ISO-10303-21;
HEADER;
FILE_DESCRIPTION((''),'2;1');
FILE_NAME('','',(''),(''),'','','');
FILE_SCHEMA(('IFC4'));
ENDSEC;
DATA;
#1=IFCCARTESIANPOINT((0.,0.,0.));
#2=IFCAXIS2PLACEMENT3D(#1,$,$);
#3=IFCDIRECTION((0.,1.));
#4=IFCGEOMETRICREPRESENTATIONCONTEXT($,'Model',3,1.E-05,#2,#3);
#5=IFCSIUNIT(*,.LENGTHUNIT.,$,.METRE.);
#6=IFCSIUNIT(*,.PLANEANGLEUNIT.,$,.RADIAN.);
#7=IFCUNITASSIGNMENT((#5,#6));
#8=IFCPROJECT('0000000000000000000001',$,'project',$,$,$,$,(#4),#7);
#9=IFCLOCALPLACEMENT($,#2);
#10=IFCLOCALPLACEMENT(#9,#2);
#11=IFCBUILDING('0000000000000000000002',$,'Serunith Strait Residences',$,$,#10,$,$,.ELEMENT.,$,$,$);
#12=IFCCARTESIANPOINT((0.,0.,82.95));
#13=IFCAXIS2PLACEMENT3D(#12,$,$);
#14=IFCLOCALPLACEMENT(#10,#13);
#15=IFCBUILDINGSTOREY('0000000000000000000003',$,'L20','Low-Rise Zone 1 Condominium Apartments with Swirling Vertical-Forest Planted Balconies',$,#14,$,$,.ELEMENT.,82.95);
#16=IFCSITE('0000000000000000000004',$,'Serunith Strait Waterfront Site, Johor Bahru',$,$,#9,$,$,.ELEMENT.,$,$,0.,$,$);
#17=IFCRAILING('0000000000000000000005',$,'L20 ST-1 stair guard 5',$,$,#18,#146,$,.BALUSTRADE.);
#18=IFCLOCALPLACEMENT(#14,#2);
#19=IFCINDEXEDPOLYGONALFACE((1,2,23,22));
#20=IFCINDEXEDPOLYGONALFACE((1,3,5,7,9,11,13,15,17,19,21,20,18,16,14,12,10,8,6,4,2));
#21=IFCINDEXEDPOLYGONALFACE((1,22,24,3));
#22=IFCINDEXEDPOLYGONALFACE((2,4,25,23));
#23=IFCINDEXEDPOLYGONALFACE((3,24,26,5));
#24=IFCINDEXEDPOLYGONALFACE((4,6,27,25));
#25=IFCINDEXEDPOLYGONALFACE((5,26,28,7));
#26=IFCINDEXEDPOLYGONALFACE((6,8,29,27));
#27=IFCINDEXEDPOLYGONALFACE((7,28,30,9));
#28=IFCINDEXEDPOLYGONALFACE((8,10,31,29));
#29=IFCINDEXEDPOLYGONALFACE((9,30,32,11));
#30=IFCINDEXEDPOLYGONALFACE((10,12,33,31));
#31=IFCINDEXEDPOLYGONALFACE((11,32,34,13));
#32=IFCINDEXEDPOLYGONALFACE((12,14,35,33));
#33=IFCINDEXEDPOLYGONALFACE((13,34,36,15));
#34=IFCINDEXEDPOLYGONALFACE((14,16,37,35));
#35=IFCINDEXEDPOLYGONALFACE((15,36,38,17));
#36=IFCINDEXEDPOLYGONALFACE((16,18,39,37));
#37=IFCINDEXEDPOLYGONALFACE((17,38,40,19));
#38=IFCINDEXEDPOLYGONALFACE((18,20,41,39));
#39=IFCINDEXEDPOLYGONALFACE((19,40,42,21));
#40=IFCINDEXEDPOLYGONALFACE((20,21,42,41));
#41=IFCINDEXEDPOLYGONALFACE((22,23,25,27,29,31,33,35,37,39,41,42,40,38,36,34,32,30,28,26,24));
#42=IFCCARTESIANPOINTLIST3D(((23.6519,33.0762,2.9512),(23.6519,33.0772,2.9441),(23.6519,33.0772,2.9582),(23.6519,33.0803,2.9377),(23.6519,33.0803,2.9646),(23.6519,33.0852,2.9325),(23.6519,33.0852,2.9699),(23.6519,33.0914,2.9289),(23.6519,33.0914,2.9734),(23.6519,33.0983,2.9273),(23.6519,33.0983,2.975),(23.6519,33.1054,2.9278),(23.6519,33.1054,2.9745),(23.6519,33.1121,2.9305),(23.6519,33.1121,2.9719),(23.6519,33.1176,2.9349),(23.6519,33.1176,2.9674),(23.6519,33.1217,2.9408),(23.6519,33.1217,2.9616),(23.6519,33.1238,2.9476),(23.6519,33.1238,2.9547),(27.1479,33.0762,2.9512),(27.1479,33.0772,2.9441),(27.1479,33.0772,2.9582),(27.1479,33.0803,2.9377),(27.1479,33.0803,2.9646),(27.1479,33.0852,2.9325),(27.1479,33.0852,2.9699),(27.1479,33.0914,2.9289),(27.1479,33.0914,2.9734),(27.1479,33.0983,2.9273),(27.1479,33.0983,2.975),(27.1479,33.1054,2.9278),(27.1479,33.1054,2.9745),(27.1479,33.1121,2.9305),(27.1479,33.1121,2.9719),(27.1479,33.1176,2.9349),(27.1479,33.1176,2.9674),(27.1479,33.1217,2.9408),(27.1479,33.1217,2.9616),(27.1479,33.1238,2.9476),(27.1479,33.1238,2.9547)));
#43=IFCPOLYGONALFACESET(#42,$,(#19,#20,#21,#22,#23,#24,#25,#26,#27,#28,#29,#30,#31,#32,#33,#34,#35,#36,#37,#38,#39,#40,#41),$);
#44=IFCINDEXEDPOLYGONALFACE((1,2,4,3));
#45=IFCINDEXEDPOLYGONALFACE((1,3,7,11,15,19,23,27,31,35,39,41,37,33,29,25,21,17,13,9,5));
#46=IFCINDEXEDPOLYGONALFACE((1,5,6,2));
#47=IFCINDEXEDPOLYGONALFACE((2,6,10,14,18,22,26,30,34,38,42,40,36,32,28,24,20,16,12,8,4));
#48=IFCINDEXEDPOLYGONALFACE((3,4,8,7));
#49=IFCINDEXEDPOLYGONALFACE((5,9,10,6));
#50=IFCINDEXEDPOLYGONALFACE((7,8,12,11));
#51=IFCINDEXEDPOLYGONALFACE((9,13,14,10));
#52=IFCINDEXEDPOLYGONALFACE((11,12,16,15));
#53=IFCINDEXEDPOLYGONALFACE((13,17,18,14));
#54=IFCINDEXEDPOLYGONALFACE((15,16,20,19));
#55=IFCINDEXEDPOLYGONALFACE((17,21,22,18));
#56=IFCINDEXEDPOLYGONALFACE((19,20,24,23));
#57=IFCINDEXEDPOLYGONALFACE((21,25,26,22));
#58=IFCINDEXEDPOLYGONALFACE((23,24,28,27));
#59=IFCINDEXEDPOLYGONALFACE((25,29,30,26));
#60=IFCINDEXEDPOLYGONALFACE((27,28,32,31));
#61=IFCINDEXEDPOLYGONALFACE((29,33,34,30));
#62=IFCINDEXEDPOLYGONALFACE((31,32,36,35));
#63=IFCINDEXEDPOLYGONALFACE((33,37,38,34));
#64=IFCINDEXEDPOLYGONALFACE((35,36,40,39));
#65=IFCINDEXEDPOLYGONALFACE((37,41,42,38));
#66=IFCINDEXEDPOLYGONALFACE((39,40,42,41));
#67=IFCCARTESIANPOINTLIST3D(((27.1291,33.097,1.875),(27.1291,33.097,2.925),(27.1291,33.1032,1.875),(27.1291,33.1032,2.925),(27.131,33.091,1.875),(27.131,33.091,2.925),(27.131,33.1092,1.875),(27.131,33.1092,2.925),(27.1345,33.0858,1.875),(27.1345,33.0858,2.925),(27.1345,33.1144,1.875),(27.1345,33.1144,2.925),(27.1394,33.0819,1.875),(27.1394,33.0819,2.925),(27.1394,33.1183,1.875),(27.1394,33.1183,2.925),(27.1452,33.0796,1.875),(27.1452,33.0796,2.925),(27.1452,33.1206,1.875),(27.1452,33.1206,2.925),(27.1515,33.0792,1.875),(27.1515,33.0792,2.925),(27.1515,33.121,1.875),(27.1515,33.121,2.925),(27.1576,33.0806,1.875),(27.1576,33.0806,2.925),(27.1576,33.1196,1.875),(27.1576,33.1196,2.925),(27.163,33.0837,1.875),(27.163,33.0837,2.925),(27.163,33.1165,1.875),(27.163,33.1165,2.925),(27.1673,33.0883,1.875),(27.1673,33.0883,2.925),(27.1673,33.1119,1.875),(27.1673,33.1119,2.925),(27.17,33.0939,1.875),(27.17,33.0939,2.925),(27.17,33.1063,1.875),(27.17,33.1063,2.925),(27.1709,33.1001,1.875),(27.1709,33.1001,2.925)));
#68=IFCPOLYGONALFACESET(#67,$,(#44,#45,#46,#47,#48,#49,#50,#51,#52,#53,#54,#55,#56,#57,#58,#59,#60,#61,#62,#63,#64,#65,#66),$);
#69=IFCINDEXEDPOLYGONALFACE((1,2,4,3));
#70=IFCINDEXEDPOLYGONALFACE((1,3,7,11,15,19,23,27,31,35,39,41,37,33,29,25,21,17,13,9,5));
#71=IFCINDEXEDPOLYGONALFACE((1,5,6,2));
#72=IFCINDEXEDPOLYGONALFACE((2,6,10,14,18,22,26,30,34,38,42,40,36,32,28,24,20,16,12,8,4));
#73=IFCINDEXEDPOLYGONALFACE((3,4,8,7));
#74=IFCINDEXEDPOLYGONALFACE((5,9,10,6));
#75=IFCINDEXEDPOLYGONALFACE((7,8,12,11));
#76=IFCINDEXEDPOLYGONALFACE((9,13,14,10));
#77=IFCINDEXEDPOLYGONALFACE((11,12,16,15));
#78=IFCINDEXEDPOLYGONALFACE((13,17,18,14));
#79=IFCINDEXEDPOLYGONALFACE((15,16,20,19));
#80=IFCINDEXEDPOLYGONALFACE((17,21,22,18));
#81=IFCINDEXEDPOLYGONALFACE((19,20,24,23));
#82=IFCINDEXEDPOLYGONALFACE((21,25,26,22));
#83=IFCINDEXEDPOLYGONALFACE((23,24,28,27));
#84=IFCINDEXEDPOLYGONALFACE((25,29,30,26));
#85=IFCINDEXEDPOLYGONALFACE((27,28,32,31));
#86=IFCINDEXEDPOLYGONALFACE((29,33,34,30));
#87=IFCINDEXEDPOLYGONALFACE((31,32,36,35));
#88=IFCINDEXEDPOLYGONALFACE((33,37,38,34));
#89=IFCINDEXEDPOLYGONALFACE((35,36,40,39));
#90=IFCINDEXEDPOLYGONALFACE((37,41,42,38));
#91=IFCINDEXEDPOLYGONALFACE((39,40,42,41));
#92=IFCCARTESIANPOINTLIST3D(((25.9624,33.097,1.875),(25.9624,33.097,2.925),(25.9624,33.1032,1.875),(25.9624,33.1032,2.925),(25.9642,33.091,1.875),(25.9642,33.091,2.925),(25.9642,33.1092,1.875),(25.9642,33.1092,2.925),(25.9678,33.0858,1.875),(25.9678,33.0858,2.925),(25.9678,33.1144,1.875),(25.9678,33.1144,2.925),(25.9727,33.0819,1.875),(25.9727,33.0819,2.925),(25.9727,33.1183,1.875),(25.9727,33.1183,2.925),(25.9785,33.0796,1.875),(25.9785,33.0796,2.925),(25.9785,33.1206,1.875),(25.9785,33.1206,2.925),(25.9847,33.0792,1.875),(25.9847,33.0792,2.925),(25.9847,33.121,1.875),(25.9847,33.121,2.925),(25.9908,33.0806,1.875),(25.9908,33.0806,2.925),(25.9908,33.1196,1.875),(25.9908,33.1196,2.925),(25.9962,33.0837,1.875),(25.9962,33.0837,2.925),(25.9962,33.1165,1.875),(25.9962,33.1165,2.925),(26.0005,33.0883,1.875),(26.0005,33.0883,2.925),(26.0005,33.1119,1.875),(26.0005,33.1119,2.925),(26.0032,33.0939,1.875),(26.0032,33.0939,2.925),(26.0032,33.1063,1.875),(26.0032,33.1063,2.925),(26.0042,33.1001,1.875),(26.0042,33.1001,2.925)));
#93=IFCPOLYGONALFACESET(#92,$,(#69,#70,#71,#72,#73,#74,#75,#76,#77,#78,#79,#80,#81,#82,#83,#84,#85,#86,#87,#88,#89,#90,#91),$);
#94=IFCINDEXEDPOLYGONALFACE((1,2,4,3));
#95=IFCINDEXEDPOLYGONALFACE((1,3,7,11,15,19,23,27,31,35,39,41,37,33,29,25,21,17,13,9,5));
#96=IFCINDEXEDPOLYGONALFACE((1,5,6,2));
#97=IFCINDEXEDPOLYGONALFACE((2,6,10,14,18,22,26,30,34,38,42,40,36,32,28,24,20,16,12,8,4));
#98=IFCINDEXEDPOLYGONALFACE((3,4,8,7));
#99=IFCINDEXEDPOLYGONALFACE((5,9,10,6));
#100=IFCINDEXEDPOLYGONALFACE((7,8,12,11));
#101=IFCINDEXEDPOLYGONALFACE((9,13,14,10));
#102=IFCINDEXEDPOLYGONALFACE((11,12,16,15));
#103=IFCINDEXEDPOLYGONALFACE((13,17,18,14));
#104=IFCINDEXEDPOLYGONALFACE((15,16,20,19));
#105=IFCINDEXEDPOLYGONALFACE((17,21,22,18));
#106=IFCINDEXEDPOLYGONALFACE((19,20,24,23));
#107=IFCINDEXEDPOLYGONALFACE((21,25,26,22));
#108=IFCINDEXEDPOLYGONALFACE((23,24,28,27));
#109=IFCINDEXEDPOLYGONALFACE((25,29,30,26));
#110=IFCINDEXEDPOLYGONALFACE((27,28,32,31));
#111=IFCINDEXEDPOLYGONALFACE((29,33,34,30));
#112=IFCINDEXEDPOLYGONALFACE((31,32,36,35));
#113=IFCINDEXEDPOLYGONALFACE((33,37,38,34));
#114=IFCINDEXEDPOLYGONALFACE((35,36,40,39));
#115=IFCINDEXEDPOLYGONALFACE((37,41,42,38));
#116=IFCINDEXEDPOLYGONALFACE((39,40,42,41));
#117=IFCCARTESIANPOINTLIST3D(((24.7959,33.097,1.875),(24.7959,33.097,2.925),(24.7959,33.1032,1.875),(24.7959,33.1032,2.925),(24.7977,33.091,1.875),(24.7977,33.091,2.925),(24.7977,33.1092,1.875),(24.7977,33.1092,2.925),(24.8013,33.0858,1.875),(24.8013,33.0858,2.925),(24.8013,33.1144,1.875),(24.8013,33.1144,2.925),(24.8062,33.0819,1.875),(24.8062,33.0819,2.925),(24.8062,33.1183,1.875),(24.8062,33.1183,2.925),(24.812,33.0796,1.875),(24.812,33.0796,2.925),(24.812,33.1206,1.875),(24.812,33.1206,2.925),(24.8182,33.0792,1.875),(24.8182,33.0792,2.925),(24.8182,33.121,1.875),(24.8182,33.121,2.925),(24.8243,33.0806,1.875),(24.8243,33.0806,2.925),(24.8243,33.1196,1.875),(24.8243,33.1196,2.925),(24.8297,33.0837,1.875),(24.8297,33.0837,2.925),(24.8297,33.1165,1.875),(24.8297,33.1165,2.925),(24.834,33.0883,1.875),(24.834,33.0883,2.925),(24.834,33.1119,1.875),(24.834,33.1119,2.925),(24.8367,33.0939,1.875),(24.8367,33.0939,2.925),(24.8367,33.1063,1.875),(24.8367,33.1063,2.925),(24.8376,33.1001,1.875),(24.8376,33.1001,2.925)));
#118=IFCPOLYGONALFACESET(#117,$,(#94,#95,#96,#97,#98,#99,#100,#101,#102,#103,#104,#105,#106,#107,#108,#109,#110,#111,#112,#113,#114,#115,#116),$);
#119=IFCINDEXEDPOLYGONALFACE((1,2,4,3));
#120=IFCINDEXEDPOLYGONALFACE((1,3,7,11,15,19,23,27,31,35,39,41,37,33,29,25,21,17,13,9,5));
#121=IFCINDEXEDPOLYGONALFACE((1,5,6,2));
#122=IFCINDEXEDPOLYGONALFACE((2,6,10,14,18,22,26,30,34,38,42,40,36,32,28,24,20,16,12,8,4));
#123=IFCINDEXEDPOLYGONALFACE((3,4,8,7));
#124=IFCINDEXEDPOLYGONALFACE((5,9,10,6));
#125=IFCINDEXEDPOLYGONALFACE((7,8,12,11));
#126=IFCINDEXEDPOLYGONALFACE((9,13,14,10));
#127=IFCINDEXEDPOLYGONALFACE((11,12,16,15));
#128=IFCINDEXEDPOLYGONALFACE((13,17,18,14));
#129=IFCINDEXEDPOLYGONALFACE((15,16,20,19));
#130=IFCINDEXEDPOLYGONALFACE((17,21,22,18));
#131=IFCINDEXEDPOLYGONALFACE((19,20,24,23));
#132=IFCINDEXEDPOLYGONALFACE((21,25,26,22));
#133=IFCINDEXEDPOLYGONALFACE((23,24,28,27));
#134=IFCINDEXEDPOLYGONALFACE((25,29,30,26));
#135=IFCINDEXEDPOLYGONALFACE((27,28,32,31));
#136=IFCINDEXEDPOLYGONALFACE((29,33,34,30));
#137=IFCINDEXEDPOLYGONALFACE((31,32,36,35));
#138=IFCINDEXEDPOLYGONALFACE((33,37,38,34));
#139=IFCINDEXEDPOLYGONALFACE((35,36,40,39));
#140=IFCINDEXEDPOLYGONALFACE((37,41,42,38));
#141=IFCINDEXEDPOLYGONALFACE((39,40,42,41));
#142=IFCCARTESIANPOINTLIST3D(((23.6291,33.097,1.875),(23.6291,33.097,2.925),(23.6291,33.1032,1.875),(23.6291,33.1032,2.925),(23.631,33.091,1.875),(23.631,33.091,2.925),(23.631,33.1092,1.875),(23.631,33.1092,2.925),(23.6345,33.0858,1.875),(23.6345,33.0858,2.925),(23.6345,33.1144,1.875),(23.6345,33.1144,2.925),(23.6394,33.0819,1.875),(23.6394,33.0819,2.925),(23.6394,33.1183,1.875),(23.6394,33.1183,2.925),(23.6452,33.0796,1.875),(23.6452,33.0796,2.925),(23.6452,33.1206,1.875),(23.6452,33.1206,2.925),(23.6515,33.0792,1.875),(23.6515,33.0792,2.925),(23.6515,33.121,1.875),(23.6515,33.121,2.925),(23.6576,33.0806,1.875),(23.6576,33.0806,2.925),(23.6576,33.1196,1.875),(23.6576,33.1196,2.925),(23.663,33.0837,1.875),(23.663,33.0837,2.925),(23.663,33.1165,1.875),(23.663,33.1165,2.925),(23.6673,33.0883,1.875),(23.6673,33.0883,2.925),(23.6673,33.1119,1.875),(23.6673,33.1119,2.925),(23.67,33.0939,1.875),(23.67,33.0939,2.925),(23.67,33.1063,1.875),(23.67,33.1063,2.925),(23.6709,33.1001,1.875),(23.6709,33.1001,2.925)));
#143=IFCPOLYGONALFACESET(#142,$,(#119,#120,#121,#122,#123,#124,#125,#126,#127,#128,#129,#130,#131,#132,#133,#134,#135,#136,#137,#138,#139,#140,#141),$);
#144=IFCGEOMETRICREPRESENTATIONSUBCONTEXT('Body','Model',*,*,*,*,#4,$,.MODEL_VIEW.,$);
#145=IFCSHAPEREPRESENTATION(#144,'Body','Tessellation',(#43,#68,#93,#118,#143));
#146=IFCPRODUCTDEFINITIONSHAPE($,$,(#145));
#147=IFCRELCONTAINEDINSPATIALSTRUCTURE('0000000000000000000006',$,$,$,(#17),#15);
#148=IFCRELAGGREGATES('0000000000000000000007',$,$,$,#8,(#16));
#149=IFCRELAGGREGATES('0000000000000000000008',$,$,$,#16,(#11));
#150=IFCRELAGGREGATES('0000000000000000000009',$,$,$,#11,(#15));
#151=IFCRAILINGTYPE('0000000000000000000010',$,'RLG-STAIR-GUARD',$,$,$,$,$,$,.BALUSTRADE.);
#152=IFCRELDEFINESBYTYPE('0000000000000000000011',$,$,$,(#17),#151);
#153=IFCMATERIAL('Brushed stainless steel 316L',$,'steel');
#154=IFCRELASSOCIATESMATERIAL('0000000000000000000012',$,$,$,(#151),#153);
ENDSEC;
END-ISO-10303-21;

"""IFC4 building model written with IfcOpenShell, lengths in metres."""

from ifc_helpers import new_model, si_unit, direction, frame, origin, origin_2d, place, context, subcontext, project, spatial, circle, extrude, material, type_object, element, save


model = new_model("IFC4")

# Units and contexts
model_context = context("Model", 3, precision=1e-05, world=origin(), true_north=direction((0.0, 1.0)))
body_context = subcontext(model_context, "Body", "Model", "MODEL_VIEW")
ifc_project = project(units=[si_unit("LENGTHUNIT", "METRE"), si_unit("PLANEANGLEUNIT", "RADIAN")], contexts=[model_context])

# Site, building, storey
site_placement = place(None, origin())
site = spatial("IfcSite", under=ifc_project, at=site_placement, Name="Serunith Strait Waterfront Site, Johor Bahru", CompositionType="ELEMENT", RefElevation=0.0)
building_placement = place(site_placement, origin())
building = spatial("IfcBuilding", under=site, at=building_placement, Name="Serunith Strait Residences", CompositionType="ELEMENT")
storey_placement = place(building_placement, frame((0.0, 0.0, 82.95)))
storey = spatial("IfcBuildingStorey", under=building, at=storey_placement, Name="L20", Description="Low-Rise Zone 1 Condominium Apartments with Swirling Vertical-Forest Planted Balconies", CompositionType="ELEMENT", Elevation=82.95)

# Railing
ifc_material_1 = material(Name="Brushed stainless steel 316L", Category="steel")
railing_type_1 = type_object("IfcRailingType", Name="RLG-STAIR-GUARD", PredefinedType="BALUSTRADE", material=ifc_material_1)
railing_1_placement = place(storey_placement, frame((27.1499, 33.1001, 1.875)))
element("IfcRailing", 1, at=railing_1_placement, inside=storey, type_object=railing_type_1, Name="L20 ST-1 stair guard 5", PredefinedType="BALUSTRADE", context=body_context, shape_type="SweptSolid", body=[
    extrude(circle(Radius=0.0239, at=origin_2d()), frame((-0.002, 0.0, 1.0762), z_axis=(-1.0, 0.0, 0.0), x_axis=(0.0, -1.0, 0.0)), (0.0, 0.0, 1.0), 3.4961),
    extrude(circle(Radius=0.021, at=origin_2d()), origin(), (0.0, 0.0, 1.0), 1.05),
    extrude(circle(Radius=0.021, at=origin_2d()), frame((-1.1667, 0.0, 0.0)), (0.0, 0.0, 1.0), 1.05),
    extrude(circle(Radius=0.021, at=origin_2d()), frame((-2.3333, 0.0, 0.0)), (0.0, 0.0, 1.0), 1.05),
    extrude(circle(Radius=0.021, at=origin_2d()), frame((-3.5, 0.0, 0.0)), (0.0, 0.0, 1.0), 1.05),
])

save(model, "model.ifc")
